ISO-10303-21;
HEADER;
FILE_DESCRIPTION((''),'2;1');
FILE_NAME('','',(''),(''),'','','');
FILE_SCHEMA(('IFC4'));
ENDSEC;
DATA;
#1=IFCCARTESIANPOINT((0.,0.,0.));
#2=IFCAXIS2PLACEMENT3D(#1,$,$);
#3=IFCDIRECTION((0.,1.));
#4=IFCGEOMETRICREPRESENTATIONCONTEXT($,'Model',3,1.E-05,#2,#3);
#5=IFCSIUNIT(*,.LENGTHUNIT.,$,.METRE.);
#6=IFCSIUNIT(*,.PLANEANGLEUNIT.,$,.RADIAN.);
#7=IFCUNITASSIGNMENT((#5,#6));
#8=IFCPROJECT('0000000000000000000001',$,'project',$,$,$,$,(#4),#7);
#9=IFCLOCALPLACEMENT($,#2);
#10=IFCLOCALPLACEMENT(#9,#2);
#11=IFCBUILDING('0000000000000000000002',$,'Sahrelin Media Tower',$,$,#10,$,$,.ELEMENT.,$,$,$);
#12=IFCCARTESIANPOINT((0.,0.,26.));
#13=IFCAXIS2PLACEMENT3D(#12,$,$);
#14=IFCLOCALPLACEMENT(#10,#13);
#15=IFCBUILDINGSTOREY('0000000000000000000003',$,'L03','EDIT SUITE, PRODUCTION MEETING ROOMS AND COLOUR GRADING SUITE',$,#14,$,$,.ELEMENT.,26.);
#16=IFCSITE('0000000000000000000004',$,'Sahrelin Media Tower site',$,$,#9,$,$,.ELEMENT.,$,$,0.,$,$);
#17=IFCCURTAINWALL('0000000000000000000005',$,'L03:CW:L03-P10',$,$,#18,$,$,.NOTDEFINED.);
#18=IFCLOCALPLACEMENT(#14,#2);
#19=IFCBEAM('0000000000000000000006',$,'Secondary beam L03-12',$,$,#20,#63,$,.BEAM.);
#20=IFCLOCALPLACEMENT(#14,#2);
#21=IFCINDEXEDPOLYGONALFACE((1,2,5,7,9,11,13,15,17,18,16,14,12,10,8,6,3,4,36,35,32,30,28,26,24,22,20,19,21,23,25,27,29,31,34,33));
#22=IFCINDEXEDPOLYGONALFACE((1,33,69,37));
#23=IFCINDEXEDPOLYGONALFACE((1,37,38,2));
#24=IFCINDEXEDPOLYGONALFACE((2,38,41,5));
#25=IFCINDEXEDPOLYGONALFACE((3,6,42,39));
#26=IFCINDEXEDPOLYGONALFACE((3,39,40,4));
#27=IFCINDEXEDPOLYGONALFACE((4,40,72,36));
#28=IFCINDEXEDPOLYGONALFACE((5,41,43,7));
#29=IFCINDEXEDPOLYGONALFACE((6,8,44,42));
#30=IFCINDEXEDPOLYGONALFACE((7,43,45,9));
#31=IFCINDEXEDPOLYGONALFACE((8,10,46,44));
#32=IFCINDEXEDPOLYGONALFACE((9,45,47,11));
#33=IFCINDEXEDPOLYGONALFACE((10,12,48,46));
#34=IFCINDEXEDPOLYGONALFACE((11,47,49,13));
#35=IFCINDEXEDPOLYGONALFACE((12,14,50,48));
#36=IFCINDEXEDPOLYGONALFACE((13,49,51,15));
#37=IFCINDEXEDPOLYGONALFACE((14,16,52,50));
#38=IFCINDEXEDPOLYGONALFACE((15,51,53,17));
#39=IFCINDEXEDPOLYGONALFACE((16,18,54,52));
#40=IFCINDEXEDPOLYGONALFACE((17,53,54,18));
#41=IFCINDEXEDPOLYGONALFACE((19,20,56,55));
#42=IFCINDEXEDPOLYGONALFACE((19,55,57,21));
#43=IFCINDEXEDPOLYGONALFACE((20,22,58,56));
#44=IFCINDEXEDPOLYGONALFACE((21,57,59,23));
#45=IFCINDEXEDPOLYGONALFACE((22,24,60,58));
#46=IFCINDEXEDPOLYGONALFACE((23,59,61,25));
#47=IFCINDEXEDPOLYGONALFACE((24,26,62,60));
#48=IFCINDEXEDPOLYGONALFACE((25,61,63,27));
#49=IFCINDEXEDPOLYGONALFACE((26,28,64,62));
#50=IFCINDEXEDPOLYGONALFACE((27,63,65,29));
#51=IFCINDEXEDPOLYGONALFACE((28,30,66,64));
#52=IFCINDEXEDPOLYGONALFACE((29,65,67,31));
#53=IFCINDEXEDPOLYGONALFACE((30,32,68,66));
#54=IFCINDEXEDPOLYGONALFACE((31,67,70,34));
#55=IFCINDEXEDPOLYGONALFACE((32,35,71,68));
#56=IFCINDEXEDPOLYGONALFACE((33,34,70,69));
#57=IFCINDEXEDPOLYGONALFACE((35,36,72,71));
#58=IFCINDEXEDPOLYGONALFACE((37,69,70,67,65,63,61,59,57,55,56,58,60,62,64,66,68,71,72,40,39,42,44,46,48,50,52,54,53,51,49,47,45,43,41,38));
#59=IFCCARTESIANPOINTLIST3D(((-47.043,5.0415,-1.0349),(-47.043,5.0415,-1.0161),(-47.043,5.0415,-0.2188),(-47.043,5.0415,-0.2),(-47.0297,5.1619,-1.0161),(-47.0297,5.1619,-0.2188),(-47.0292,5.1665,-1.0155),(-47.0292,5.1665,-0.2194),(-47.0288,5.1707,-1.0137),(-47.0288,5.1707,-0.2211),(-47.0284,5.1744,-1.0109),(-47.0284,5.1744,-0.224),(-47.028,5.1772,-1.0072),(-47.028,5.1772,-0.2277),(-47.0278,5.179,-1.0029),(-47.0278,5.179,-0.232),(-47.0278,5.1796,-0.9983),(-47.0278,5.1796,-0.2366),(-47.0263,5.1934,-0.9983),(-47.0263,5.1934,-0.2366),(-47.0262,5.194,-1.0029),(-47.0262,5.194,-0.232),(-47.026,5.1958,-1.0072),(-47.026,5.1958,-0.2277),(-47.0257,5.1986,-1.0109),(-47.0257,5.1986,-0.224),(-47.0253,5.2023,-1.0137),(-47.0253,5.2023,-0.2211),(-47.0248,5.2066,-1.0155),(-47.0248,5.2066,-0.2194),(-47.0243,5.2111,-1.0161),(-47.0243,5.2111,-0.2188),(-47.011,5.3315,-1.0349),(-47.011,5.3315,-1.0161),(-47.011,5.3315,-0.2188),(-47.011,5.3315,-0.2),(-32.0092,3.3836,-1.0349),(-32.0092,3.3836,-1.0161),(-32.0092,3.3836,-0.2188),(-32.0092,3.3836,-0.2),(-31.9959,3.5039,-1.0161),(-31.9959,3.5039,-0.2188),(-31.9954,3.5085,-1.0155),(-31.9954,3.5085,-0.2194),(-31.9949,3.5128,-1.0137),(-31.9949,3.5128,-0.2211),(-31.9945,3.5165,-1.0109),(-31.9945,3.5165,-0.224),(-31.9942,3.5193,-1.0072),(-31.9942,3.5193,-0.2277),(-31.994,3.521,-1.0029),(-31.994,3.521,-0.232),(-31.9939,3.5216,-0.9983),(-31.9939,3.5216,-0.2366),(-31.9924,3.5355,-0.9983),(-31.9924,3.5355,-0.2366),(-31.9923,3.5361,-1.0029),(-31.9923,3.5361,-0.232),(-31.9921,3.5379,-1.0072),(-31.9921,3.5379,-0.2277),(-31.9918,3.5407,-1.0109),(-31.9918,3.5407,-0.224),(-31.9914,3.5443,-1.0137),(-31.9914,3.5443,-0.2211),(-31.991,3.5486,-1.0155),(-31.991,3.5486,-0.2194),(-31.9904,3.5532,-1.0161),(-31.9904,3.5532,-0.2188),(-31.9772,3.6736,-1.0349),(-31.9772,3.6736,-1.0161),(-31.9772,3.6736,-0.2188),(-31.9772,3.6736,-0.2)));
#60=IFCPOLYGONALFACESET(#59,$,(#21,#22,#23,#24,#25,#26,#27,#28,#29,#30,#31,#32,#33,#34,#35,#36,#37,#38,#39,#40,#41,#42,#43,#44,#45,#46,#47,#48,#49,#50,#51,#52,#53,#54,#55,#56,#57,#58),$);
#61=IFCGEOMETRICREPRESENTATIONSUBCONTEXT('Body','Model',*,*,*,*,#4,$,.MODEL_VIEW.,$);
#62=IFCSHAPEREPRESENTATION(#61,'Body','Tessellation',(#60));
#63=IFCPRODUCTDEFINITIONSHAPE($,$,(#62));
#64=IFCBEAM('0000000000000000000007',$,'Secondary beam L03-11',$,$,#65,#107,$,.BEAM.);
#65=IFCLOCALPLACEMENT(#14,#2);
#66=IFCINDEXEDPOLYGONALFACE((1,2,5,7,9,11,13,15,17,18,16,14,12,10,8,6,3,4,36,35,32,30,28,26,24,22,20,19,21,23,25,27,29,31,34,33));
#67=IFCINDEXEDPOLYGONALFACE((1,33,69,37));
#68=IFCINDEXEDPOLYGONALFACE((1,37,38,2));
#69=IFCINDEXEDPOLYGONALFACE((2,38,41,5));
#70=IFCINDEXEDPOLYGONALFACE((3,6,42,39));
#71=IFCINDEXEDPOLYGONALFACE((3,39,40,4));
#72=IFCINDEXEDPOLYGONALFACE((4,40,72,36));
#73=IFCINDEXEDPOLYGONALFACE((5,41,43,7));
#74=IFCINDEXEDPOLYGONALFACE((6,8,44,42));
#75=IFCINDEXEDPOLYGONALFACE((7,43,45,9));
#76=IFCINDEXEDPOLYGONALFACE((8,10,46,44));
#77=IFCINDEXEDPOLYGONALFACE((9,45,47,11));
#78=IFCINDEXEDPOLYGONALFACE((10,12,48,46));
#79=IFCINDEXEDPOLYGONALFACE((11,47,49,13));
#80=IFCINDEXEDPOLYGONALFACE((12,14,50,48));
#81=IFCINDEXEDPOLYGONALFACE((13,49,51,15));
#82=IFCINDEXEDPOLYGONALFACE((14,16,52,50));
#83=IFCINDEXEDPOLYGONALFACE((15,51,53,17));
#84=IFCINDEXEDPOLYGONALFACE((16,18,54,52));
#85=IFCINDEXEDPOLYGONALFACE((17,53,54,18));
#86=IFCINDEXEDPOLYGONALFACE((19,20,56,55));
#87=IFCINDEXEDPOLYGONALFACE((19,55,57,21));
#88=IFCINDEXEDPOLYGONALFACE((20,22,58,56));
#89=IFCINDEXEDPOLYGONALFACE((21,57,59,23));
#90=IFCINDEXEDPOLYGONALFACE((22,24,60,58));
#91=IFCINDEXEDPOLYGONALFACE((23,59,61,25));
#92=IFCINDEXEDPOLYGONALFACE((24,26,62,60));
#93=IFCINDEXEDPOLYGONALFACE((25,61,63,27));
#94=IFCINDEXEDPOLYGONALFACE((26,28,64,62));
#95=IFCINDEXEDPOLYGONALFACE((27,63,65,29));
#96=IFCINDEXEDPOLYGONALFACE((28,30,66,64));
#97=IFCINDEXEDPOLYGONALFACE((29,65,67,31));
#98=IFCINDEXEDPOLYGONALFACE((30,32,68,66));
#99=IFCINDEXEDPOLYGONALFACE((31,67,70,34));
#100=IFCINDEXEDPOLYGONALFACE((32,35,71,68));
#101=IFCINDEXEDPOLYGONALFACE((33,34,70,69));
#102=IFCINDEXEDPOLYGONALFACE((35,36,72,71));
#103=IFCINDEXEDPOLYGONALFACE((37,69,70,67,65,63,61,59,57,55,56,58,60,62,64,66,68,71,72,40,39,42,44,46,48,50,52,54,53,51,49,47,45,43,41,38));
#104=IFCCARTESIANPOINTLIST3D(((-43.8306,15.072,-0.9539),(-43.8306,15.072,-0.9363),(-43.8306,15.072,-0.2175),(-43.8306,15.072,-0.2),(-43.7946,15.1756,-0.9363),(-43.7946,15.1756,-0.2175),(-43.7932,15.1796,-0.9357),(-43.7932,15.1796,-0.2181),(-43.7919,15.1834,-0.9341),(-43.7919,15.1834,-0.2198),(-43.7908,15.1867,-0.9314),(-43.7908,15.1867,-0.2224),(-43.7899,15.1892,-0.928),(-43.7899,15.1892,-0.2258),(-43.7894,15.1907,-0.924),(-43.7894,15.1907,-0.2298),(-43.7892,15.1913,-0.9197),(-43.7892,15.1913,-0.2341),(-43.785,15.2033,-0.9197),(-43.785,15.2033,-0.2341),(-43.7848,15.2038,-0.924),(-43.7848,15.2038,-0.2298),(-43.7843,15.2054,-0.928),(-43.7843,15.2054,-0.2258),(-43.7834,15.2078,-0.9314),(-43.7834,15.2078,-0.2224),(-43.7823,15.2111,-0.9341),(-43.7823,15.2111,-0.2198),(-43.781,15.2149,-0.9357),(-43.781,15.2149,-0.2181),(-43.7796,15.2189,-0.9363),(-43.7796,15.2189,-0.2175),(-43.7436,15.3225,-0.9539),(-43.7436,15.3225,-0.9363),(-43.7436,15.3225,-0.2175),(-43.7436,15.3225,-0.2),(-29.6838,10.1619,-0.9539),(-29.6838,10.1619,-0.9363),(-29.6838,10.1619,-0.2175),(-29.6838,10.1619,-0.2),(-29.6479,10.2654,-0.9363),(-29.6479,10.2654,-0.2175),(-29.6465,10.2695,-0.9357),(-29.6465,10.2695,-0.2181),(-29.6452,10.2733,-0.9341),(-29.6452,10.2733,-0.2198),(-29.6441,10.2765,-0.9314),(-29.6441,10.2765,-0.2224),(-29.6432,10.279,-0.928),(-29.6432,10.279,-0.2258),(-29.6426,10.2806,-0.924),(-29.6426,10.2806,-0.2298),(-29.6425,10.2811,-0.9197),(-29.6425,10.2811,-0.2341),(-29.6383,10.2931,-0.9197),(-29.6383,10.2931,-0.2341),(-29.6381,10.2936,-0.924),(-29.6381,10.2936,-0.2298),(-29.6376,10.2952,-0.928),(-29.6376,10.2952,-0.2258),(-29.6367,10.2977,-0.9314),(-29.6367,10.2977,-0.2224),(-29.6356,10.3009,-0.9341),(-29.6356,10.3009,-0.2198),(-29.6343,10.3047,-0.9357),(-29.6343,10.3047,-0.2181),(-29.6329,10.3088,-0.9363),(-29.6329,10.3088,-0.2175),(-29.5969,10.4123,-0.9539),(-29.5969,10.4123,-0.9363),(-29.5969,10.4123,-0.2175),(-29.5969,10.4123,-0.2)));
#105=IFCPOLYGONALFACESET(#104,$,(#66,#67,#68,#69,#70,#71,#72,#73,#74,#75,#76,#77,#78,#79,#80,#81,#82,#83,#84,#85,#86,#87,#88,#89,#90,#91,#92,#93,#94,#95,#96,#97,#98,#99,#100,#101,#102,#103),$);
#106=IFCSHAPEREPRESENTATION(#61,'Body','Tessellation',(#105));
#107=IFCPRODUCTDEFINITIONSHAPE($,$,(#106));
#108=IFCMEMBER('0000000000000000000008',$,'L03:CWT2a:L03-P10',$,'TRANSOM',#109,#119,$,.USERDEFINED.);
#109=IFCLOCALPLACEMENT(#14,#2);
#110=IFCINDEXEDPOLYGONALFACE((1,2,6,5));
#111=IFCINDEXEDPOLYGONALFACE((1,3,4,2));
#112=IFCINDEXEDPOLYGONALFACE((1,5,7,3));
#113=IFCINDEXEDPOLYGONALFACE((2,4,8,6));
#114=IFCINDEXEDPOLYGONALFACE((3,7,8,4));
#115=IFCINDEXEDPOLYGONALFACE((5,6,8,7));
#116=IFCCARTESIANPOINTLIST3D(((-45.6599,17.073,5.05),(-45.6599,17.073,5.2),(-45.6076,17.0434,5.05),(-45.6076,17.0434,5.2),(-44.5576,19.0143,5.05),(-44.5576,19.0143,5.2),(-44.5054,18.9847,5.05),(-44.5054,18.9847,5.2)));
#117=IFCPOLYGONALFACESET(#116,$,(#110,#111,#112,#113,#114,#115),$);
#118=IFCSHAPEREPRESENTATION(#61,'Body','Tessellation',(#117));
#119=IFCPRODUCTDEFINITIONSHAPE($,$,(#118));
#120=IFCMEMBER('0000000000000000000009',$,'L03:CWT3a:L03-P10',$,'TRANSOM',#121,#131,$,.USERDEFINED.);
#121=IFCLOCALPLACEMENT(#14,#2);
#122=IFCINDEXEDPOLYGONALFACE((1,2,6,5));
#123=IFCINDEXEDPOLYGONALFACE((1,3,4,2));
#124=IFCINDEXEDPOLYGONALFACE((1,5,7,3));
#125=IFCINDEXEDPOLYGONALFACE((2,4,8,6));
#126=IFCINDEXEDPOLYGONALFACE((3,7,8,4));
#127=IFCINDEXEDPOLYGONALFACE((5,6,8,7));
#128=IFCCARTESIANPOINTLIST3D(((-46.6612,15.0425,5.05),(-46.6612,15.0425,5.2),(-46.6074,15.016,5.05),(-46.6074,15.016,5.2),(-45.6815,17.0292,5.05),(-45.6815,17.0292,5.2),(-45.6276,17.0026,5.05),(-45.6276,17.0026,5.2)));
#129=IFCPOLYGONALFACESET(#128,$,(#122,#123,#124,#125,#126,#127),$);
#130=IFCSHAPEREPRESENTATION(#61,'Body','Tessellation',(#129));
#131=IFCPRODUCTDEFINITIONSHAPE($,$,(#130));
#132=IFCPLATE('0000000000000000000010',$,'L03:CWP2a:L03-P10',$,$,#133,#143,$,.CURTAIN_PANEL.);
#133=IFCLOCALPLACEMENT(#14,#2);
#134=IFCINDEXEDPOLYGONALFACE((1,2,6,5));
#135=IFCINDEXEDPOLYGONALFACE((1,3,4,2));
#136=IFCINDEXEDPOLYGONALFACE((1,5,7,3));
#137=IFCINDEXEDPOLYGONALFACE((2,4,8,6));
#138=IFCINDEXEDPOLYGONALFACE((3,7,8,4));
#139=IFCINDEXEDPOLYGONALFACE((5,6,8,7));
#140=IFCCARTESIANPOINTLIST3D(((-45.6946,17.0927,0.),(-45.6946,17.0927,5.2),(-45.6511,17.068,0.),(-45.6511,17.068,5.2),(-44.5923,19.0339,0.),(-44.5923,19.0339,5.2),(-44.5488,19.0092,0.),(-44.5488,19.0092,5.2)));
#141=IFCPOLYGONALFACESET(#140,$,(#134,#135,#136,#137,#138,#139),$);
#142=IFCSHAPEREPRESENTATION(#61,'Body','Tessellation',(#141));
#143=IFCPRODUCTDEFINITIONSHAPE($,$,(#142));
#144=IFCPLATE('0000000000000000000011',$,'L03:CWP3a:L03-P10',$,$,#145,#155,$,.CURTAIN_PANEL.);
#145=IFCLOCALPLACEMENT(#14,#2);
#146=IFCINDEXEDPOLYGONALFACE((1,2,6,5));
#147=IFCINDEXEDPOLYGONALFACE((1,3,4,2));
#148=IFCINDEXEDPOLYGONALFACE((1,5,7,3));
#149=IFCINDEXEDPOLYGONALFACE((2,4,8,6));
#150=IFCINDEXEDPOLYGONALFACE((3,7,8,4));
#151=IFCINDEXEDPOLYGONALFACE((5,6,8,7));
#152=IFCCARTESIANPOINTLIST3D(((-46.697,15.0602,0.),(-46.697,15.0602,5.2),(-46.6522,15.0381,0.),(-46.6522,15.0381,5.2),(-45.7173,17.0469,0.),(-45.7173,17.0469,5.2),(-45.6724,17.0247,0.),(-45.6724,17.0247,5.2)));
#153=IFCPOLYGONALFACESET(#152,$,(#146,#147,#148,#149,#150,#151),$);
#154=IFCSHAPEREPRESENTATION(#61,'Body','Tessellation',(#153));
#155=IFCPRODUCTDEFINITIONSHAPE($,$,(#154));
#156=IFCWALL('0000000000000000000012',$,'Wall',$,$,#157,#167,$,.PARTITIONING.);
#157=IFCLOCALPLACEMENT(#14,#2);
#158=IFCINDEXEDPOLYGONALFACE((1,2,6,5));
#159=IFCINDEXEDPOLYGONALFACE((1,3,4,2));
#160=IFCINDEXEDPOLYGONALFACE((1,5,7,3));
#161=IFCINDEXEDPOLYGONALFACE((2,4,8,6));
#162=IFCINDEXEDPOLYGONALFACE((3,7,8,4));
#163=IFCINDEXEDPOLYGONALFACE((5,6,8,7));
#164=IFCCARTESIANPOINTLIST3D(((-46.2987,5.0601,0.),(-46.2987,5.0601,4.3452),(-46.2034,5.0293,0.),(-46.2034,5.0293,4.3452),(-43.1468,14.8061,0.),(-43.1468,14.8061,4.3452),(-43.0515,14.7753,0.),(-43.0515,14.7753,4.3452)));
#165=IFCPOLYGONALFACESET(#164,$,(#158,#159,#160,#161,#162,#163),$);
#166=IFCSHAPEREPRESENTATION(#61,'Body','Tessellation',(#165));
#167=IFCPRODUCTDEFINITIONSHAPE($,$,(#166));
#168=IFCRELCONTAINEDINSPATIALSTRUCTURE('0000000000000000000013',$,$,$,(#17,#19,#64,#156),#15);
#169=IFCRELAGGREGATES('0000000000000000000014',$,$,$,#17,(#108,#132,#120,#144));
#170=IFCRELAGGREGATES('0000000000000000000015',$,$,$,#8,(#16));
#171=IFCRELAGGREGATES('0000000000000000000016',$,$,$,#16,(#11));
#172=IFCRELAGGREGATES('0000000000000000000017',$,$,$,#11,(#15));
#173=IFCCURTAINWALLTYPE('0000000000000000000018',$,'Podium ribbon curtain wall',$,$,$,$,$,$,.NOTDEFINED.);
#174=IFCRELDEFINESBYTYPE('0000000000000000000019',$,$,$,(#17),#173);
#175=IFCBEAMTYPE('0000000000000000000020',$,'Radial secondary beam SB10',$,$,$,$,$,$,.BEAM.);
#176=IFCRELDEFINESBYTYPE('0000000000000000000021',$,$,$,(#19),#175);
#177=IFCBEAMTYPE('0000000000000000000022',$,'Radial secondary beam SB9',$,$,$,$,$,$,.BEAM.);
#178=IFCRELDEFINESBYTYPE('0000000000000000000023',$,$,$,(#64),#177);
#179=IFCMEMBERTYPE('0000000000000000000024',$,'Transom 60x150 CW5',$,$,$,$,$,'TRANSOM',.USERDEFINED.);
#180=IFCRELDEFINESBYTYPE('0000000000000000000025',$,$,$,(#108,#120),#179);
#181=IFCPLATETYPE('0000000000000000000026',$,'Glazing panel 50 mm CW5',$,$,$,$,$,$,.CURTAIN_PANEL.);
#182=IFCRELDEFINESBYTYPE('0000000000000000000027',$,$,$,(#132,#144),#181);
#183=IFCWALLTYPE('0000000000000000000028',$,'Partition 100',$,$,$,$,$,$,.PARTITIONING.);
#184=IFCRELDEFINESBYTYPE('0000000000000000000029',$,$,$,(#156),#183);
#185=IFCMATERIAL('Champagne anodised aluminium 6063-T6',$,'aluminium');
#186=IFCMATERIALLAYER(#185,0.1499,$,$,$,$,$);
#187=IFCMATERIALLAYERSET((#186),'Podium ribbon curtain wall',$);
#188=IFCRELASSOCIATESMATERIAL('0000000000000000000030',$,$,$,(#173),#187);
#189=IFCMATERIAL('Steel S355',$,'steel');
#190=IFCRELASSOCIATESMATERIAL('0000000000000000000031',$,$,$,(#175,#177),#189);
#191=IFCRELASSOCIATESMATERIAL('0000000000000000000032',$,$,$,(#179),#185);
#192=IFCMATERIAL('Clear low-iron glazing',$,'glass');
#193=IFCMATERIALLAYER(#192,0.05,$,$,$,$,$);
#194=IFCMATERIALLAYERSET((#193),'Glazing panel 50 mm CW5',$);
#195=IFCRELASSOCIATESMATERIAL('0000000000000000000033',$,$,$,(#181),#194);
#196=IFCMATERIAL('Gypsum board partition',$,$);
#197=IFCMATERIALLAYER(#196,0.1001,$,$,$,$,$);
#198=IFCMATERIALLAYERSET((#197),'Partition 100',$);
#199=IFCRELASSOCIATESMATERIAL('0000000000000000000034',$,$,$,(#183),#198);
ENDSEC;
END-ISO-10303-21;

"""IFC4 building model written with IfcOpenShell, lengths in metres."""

from ifc_helpers import new_model, si_unit, direction, frame, frame_2d, origin, origin_2d, place, context, subcontext, project, spatial, polyline, rectangle, i_section, outline, extrude, material, layer, layer_set, material_profile, profile_set, type_object, element, aggregate, save


model = new_model("IFC4")

# Units and contexts
model_context = context("Model", 3, precision=1e-05, world=origin(), true_north=direction((0.0, 1.0)))
body_context = subcontext(model_context, "Body", "Model", "MODEL_VIEW")
ifc_project = project(units=[si_unit("LENGTHUNIT", "METRE"), si_unit("PLANEANGLEUNIT", "RADIAN")], contexts=[model_context])

# Site, building, storey
site_placement = place(None, origin())
site = spatial("IfcSite", under=ifc_project, at=site_placement, Name="Sahrelin Media Tower site", CompositionType="ELEMENT", RefElevation=0.0)
building_placement = place(site_placement, origin())
building = spatial("IfcBuilding", under=site, at=building_placement, Name="Sahrelin Media Tower", CompositionType="ELEMENT")
storey_placement = place(building_placement, frame((0.0, 0.0, 26.0)))
storey = spatial("IfcBuildingStorey", under=building, at=storey_placement, Name="L03", Description="EDIT SUITE, PRODUCTION MEETING ROOMS AND COLOUR GRADING SUITE", CompositionType="ELEMENT", Elevation=26.0)

# Curtain wall
ifc_material_1 = material(Name="Champagne anodised aluminium 6063-T6", Category="aluminium")
ifc_layer_1 = layer(ifc_material_1, 0.1499)
ifc_layer_set_1 = layer_set([ifc_layer_1], Name="Podium ribbon curtain wall")
curtain_wall_type = type_object("IfcCurtainWallType", Name="Podium ribbon curtain wall", PredefinedType="NOTDEFINED", material=ifc_layer_set_1)
curtain_wall_placement = place(storey_placement, frame((-43.3013, 21.0, 0.0), z_axis=(0.0, 0.0, 1.0), x_axis=(1.0, 0.0, 0.0)))
curtain_wall = element("IfcCurtainWall", 1, at=curtain_wall_placement, inside=storey, type_object=curtain_wall_type, Name="L03:CW:L03-P10", PredefinedType="NOTDEFINED")

# Beams
ifc_material_2 = material(Name="Steel S355", Category="steel")
ifc_material_profile_1 = material_profile(ifc_material_2, i_section(OverallWidth=0.2917, OverallDepth=0.835, WebThickness=0.0139, FlangeThickness=0.0188, FilletRadius=0.0178, at=origin_2d()), Name="UB 838x292x176")
ifc_profile_set_1 = profile_set([ifc_material_profile_1], Name="Steel S355")
beam_type_1 = type_object("IfcBeamType", Name="Radial secondary beam SB10", PredefinedType="BEAM", material=ifc_profile_set_1)
beam_1_placement = place(storey_placement, frame((-31.9932, 3.5286, -0.6174), z_axis=(-0.993974, 0.109617, 0.0), x_axis=(-0.109617, -0.993974, 0.0)))
element("IfcBeam", 2, at=beam_1_placement, inside=storey, type_object=beam_type_1, Name="Secondary beam L03-12", PredefinedType="BEAM", context=body_context, shape_type="SweptSolid", body=[
    extrude(i_section(OverallWidth=0.2917, OverallDepth=0.835, WebThickness=0.0139, FlangeThickness=0.0188, FilletRadius=0.0178, at=origin_2d()), origin(), (0.0, 0.0, 1.0), 15.125),
])
ifc_material_profile_2 = material_profile(ifc_material_2, i_section(OverallWidth=0.2651, OverallDepth=0.7539, WebThickness=0.0127, FlangeThickness=0.0176, FilletRadius=0.0166, at=origin_2d()), Name="UB 762x267x147")
ifc_profile_set_2 = profile_set([ifc_material_profile_2], Name="Steel S355")
beam_type_2 = type_object("IfcBeamType", Name="Radial secondary beam SB9", PredefinedType="BEAM", material=ifc_profile_set_2)
beam_2_placement = place(storey_placement, frame((-29.6404, 10.2871, -0.5769), z_axis=(-0.944713, 0.327898, 0.0), x_axis=(-0.327898, -0.944713, 0.0)))
element("IfcBeam", 3, at=beam_2_placement, inside=storey, type_object=beam_type_2, Name="Secondary beam L03-11", PredefinedType="BEAM", context=body_context, shape_type="SweptSolid", body=[
    extrude(i_section(OverallWidth=0.2651, OverallDepth=0.7539, WebThickness=0.0127, FlangeThickness=0.0176, FilletRadius=0.0166, at=origin_2d()), origin(), (0.0, 0.0, 1.0), 14.9746),
])

# Members
ifc_material_profile_3 = material_profile(ifc_material_1, rectangle(XDim=0.0601, YDim=0.1499, at=origin_2d()), Name="Transom 60x150")
ifc_profile_set_3 = profile_set([ifc_material_profile_3], Name="Champagne anodised aluminium 6063-T6")
member_type_1 = type_object("IfcMemberType", Name="Transom 60x150 CW5", ElementType="TRANSOM", PredefinedType="USERDEFINED", material=ifc_profile_set_3)
member_1_placement = place(storey_placement, frame((-44.5315, 18.9995, 5.125), z_axis=(-0.493746, -0.869606, 0.0), x_axis=(0.869606, -0.493746, 0.0)))
member_1 = element("IfcMember", 4, at=member_1_placement, type_object=member_type_1, Name="L03:CWT2a:L03-P10", ObjectType="TRANSOM", PredefinedType="USERDEFINED", context=body_context, shape_type="SweptSolid", body=[
    extrude(rectangle(XDim=0.0601, YDim=0.1499, at=origin_2d()), origin(), (0.0, 0.0, 1.0), 2.2324),
])
member_2_placement = place(storey_placement, frame((-45.6545, 17.0159, 5.125), z_axis=(-0.442313, -0.896861, 0.0), x_axis=(0.896861, -0.442313, 0.0)))
member_2 = element("IfcMember", 5, at=member_2_placement, type_object=member_type_1, Name="L03:CWT3a:L03-P10", ObjectType="TRANSOM", PredefinedType="USERDEFINED", context=body_context, shape_type="SweptSolid", body=[
    extrude(rectangle(XDim=0.0601, YDim=0.1499, at=origin_2d()), origin(), (0.0, 0.0, 1.0), 2.2151),
])

# Plates
ifc_material_3 = material(Name="Clear low-iron glazing", Category="glass")
ifc_layer_2 = layer(ifc_material_3, 0.05)
ifc_layer_set_2 = layer_set([ifc_layer_2], Name="Glazing panel 50 mm CW5")
plate_type = type_object("IfcPlateType", Name="Glazing panel 50 mm CW5", PredefinedType="CURTAIN_PANEL", material=ifc_layer_set_2)
plate_1_placement = place(storey_placement, frame((-44.5923, 19.0339, 0.0), z_axis=(-0.869579, 0.493793, 0.0), x_axis=(-0.493793, -0.869579, 0.0)))
plate_1 = element("IfcPlate", 6, at=plate_1_placement, type_object=plate_type, Name="L03:CWP2a:L03-P10", PredefinedType="CURTAIN_PANEL", context=body_context, shape_type="SweptSolid", body=[
    extrude(outline(polyline([(0.0, 0.0), (2.2324, 0.0), (2.2324, 5.2), (0.0, 5.2), (0.0, 0.0)])), origin(), (0.0, 0.0, -1.0), 0.05),
])
plate_2_placement = place(storey_placement, frame((-45.7173, 17.0469, 0.0), z_axis=(-0.896861, 0.442313, 0.0), x_axis=(-0.442313, -0.896861, 0.0)))
plate_2 = element("IfcPlate", 7, at=plate_2_placement, type_object=plate_type, Name="L03:CWP3a:L03-P10", PredefinedType="CURTAIN_PANEL", context=body_context, shape_type="SweptSolid", body=[
    extrude(outline(polyline([(0.0, 0.0), (2.2151, 0.0), (2.2151, 5.2), (0.0, 5.2), (0.0, 0.0)])), origin(), (0.0, 0.0, -1.0), 0.05),
])
aggregate(curtain_wall, [member_1, plate_1, member_2, plate_2])

# Wall
ifc_material_4 = material(Name="Gypsum board partition")
ifc_layer_3 = layer(ifc_material_4, 0.1001)
ifc_layer_set_3 = layer_set([ifc_layer_3], Name="Partition 100")
wall_type = type_object("IfcWallType", Name="Partition 100", PredefinedType="PARTITIONING", material=ifc_layer_set_3)
wall_1_placement = place(storey_placement, frame((-43.0991, 14.7908, 0.0), z_axis=(0.0, 0.0, 1.0), x_axis=(-0.307713, -0.951479, 0.0)))
element("IfcWall", 8, at=wall_1_placement, inside=storey, type_object=wall_type, Name="Wall", PredefinedType="PARTITIONING", context=body_context, shape_type="SweptSolid", body=[
    extrude(rectangle(XDim=10.2429, YDim=0.1001, at=frame_2d((5.1216, 0.0))), origin(), (0.0, 0.0, 1.0), 4.3452),
])

save(model, "model.ifc")
